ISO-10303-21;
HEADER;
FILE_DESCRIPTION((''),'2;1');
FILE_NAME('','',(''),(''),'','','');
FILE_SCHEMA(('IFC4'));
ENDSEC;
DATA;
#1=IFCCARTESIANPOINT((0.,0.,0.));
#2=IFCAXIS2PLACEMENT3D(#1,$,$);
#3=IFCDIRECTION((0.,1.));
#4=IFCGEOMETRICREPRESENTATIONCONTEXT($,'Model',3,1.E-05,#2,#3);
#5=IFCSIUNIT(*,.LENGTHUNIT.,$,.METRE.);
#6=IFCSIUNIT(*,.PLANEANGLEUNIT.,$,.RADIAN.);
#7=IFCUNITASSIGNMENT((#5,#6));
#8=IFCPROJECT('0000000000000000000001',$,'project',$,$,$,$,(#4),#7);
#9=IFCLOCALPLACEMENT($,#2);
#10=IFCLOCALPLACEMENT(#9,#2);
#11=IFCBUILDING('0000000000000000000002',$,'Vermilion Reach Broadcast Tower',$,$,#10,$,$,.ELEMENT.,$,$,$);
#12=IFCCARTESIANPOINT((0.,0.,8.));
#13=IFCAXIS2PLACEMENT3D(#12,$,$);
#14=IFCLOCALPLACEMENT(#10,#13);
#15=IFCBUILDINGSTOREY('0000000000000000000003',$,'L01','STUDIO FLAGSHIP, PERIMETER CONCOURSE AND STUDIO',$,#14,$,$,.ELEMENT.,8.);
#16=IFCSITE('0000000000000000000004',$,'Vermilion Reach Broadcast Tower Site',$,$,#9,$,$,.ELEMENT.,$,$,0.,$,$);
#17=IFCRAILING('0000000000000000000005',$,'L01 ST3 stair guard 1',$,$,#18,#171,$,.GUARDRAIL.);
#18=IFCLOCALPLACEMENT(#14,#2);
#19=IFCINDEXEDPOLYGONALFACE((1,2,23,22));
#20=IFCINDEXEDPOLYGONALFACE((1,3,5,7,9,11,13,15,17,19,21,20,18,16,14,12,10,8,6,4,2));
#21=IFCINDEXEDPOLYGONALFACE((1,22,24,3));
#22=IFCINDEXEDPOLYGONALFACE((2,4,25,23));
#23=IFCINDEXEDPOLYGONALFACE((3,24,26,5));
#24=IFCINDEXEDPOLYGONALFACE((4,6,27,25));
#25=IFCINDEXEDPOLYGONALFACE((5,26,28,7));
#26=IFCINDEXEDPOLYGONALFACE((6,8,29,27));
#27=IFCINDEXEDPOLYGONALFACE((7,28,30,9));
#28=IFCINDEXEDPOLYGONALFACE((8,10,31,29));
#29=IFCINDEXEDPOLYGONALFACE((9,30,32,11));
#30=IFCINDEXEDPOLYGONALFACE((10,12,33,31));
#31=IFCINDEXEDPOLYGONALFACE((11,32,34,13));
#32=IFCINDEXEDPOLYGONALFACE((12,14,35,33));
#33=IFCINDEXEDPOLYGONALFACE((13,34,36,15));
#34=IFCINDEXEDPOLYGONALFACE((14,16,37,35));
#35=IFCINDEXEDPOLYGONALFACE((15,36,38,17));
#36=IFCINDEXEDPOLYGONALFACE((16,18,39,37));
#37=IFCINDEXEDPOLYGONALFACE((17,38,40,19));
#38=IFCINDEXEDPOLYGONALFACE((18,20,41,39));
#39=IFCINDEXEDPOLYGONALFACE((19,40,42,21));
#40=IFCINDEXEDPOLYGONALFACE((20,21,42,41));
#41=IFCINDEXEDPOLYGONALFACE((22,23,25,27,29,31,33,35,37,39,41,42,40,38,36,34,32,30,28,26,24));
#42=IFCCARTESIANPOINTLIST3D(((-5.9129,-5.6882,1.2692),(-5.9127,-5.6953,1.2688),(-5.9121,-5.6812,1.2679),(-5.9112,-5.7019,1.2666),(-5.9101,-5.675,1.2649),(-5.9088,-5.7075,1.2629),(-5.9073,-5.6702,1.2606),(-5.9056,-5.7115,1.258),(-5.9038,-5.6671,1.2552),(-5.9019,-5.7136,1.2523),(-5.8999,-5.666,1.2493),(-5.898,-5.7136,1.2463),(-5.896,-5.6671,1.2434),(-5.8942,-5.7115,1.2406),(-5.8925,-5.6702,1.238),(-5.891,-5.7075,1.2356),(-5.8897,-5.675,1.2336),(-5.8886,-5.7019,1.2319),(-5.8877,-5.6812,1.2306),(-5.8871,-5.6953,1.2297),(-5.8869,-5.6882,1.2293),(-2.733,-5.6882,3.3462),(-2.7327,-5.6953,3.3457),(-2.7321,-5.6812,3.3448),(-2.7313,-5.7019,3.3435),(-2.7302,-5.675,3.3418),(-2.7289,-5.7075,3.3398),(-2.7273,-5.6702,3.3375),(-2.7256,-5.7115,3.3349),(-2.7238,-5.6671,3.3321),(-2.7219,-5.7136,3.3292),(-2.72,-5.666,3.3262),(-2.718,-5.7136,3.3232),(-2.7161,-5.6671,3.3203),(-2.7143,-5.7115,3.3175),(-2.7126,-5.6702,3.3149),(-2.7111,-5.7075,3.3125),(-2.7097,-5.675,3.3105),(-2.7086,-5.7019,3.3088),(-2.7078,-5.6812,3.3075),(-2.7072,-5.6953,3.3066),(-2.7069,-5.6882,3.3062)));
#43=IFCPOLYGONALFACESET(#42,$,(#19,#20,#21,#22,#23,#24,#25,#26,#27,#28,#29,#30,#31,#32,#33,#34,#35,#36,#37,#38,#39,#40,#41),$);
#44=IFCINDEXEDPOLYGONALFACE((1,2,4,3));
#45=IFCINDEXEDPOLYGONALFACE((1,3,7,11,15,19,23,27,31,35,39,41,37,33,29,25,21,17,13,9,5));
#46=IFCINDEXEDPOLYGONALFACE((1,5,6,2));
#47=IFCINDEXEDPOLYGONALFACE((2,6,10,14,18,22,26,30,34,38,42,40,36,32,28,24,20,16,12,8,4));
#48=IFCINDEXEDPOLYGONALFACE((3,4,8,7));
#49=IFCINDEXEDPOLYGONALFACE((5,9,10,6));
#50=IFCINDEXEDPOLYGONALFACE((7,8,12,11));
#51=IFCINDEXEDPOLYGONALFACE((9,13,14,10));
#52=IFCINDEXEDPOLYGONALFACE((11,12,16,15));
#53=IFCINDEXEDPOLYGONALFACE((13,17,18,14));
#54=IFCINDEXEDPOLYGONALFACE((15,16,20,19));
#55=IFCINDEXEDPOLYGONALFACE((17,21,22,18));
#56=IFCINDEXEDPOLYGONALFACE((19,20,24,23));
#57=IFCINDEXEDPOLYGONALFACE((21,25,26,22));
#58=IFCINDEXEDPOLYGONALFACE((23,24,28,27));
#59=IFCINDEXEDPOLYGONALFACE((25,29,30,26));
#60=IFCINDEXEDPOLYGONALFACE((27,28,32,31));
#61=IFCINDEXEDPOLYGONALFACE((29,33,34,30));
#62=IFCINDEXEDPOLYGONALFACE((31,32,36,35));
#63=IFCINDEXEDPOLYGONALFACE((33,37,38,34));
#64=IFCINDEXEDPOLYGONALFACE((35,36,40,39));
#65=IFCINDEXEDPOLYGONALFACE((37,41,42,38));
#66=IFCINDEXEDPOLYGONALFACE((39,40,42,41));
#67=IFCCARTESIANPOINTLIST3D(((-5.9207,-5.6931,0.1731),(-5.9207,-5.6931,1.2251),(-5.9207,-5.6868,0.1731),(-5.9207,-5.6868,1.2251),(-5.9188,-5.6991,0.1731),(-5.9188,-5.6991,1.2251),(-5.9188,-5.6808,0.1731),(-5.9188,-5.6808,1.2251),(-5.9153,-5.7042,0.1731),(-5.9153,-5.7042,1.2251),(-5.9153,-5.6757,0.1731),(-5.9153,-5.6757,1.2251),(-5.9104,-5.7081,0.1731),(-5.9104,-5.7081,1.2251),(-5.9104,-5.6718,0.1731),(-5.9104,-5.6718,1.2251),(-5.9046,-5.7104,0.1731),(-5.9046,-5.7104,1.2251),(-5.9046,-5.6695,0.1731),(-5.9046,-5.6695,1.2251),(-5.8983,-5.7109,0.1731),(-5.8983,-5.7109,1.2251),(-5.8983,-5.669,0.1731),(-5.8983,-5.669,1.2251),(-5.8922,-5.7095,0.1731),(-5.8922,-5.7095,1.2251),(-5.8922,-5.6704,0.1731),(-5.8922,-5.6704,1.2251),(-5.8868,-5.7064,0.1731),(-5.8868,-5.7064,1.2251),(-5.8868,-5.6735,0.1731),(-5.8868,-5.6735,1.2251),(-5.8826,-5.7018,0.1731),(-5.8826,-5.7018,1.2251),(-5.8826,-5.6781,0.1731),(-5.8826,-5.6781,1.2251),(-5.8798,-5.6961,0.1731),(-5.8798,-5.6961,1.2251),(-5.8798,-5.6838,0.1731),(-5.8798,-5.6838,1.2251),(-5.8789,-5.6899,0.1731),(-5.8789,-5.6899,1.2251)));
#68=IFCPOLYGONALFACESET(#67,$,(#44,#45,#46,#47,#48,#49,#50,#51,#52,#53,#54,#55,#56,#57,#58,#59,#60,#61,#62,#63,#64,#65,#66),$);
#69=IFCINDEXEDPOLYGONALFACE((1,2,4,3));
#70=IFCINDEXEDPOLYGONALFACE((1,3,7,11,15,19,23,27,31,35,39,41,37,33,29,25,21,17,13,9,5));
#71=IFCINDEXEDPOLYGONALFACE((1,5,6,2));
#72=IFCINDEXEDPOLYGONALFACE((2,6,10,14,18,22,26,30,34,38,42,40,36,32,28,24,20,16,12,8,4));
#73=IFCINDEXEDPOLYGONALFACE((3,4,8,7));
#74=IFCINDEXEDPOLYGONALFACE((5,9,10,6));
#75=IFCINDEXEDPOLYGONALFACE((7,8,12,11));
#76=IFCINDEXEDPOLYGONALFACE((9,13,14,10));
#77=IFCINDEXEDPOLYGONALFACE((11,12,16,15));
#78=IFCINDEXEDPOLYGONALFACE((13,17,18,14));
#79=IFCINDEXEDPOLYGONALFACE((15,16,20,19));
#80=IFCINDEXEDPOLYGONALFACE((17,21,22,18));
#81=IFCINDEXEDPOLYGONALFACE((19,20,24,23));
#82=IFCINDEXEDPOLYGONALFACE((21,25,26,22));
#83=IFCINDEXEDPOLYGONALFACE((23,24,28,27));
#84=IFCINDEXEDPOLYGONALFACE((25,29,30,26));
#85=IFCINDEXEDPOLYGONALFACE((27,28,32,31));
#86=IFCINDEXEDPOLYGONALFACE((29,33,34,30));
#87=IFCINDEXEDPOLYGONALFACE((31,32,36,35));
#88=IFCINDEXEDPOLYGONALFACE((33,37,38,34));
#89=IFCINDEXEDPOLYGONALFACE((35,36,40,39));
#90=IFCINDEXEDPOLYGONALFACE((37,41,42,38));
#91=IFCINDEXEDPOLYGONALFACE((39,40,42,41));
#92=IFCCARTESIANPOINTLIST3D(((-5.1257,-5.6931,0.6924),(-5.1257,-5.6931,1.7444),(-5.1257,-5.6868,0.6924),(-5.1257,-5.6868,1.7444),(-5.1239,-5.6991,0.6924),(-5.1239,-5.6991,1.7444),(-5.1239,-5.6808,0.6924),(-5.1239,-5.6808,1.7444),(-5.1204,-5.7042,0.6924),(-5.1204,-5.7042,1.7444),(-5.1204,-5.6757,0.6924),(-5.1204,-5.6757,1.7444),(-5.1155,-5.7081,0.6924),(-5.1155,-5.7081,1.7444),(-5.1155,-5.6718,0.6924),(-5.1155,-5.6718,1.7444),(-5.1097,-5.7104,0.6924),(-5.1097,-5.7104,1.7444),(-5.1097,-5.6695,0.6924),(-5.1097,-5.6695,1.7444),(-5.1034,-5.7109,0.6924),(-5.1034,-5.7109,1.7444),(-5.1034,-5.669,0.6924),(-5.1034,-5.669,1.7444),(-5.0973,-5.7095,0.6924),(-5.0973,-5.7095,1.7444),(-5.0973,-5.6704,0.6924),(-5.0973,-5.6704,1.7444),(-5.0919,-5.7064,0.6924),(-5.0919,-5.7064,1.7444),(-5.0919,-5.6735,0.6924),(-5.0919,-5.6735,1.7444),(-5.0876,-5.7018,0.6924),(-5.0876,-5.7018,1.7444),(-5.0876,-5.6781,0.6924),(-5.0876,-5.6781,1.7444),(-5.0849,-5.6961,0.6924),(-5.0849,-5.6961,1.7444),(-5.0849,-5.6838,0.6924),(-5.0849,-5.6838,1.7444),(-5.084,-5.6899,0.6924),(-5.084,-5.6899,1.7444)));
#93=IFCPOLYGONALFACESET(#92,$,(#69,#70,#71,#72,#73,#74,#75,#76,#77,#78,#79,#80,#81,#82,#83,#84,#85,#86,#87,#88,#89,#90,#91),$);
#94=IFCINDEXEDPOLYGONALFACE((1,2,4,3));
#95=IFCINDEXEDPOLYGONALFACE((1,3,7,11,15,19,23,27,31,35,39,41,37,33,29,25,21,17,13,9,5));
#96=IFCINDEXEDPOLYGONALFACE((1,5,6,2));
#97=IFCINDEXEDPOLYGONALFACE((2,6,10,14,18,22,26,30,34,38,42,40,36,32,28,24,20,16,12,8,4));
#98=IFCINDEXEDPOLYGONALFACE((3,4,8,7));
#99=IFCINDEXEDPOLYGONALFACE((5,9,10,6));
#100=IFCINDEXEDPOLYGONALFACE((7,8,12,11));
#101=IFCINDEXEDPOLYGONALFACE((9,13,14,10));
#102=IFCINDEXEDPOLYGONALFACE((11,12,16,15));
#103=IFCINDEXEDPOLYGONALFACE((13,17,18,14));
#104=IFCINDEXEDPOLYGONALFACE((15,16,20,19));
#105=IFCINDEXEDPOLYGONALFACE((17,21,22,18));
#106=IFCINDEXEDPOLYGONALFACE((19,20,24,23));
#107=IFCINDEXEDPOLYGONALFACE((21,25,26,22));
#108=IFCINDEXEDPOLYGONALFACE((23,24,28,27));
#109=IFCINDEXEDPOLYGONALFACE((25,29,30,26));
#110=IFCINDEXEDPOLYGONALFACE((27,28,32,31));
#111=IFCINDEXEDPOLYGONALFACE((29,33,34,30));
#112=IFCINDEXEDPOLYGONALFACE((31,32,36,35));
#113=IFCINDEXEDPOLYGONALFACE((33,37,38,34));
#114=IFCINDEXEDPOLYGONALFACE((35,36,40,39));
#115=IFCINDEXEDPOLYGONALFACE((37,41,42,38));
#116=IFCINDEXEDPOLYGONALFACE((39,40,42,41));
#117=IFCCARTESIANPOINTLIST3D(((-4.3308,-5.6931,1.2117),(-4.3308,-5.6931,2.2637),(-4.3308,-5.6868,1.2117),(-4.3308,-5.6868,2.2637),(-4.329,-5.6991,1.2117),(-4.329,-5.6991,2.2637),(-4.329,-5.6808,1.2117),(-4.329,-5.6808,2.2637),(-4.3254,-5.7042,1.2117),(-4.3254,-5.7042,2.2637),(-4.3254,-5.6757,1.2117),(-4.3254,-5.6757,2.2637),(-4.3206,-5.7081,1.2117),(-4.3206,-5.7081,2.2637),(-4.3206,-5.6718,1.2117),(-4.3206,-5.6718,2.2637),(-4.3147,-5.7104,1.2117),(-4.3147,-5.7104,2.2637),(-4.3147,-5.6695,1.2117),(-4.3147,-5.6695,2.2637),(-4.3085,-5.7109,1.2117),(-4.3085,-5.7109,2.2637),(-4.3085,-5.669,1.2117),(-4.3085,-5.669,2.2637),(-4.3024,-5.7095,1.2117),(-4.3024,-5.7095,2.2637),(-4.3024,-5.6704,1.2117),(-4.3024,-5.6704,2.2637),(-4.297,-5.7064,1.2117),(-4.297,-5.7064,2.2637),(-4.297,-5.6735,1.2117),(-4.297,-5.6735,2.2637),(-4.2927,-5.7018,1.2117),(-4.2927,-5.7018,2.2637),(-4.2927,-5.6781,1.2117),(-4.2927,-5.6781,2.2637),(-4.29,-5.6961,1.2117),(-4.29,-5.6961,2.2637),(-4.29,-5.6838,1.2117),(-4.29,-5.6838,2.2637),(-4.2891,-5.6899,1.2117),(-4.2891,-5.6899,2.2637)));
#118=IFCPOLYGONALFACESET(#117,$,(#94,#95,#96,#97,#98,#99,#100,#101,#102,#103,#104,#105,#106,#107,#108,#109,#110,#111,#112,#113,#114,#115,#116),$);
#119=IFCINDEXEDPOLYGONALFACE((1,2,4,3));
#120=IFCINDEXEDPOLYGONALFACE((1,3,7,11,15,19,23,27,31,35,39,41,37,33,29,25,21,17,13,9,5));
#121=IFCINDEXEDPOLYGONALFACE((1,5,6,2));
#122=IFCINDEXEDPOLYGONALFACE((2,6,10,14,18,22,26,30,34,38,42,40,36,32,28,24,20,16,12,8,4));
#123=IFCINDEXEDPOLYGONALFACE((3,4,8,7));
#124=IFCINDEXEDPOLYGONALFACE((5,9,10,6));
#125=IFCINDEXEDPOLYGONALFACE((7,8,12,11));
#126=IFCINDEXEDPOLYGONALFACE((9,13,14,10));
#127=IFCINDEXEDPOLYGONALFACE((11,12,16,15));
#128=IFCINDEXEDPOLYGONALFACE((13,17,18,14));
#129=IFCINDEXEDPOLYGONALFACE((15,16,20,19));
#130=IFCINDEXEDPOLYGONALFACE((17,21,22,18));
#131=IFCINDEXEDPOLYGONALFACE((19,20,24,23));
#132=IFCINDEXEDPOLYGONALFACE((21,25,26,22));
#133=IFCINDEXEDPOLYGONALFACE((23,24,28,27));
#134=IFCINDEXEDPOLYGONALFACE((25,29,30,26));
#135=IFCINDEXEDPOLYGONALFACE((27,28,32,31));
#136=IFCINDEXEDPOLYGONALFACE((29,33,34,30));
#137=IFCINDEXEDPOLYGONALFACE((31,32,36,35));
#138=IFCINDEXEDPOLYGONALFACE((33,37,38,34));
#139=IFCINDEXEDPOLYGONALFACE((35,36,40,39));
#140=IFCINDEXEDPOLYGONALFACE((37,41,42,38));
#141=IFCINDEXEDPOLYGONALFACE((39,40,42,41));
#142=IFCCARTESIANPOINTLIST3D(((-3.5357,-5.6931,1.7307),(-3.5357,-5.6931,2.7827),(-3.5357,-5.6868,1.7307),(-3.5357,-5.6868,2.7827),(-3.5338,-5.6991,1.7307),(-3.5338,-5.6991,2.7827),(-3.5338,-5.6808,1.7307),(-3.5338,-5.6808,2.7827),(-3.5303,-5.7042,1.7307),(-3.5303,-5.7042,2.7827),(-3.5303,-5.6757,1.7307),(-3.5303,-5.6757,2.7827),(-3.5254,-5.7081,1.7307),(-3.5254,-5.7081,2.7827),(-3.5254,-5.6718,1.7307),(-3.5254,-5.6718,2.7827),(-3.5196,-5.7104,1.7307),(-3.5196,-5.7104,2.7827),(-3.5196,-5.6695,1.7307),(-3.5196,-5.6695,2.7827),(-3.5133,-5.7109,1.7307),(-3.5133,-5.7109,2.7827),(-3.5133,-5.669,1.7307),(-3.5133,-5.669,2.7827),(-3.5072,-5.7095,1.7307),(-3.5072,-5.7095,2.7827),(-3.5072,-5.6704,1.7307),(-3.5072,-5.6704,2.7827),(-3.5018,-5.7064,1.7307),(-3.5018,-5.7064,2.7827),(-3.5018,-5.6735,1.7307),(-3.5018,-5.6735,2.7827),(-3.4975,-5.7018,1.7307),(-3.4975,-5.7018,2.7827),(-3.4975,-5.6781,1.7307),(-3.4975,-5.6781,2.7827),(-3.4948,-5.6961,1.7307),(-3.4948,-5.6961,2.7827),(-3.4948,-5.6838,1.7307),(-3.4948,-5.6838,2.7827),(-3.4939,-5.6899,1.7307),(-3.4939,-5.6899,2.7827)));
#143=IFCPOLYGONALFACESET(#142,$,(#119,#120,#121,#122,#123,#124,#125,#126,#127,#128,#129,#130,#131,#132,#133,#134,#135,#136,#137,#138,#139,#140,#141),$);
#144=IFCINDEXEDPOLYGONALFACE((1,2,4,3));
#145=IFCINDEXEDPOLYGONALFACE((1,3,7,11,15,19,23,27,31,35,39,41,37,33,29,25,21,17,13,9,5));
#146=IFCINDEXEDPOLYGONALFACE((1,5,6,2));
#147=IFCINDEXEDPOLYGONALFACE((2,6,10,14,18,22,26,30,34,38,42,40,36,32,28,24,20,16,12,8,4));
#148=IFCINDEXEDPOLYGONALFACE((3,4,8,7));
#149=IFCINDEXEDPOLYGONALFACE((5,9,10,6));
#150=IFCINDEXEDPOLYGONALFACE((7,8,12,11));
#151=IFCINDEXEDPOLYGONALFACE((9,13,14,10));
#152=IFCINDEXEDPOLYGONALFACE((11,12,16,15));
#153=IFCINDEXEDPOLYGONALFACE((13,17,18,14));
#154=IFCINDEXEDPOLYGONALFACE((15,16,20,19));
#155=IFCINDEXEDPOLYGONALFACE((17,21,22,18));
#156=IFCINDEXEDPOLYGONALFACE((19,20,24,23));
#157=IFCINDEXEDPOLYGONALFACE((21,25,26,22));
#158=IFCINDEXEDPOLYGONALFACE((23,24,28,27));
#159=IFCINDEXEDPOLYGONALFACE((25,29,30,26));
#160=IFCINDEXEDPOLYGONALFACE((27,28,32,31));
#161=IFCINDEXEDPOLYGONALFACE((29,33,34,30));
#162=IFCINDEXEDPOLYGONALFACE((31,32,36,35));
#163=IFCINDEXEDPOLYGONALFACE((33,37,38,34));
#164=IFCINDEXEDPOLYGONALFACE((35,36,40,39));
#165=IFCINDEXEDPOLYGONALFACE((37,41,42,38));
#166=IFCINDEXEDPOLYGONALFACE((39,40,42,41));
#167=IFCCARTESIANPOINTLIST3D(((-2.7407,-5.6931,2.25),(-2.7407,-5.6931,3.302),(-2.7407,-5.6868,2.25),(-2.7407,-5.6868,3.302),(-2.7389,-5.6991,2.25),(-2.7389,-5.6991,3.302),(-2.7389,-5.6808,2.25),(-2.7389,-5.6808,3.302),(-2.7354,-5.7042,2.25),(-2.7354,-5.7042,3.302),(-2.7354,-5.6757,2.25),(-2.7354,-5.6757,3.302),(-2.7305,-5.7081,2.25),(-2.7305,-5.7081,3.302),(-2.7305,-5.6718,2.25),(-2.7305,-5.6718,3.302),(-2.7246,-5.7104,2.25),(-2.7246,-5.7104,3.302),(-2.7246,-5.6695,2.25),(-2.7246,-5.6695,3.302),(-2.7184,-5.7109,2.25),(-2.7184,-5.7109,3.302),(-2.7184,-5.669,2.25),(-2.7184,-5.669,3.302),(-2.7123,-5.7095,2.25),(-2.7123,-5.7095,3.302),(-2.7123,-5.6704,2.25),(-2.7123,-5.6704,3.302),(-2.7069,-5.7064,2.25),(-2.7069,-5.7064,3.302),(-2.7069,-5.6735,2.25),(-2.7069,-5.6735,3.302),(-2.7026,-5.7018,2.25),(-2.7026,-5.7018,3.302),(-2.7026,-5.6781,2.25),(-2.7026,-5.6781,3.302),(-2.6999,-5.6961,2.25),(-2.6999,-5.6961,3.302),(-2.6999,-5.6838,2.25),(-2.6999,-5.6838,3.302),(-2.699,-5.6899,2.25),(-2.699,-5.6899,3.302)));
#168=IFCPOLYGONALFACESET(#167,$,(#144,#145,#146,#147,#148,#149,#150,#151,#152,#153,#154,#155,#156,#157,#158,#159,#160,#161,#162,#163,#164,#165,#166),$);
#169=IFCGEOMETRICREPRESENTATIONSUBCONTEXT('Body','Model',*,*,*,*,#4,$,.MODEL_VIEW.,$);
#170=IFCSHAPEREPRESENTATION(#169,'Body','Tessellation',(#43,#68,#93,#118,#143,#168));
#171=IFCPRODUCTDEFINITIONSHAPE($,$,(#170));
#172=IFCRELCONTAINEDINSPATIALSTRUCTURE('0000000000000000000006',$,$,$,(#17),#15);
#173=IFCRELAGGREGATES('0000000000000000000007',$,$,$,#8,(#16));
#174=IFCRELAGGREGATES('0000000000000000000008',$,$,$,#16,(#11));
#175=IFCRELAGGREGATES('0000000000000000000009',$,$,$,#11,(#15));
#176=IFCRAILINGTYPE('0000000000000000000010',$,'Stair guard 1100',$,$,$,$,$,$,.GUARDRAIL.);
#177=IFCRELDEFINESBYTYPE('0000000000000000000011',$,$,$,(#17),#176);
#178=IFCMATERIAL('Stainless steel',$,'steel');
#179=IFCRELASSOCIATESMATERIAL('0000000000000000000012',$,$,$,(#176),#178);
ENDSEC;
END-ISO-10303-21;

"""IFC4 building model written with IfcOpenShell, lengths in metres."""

from ifc_helpers import new_model, si_unit, direction, frame, origin, origin_2d, place, context, subcontext, project, spatial, circle, extrude, material, type_object, element, save


model = new_model("IFC4")

# Units and contexts
model_context = context("Model", 3, precision=1e-05, world=origin(), true_north=direction((0.0, 1.0)))
body_context = subcontext(model_context, "Body", "Model", "MODEL_VIEW")
ifc_project = project(units=[si_unit("LENGTHUNIT", "METRE"), si_unit("PLANEANGLEUNIT", "RADIAN")], contexts=[model_context])

# Site, building, storey
site_placement = place(None, origin())
site = spatial("IfcSite", under=ifc_project, at=site_placement, Name="Vermilion Reach Broadcast Tower Site", CompositionType="ELEMENT", RefElevation=0.0)
building_placement = place(site_placement, origin())
building = spatial("IfcBuilding", under=site, at=building_placement, Name="Vermilion Reach Broadcast Tower", CompositionType="ELEMENT")
storey_placement = place(building_placement, frame((0.0, 0.0, 8.0)))
storey = spatial("IfcBuildingStorey", under=building, at=storey_placement, Name="L01", Description="STUDIO FLAGSHIP, PERIMETER CONCOURSE AND STUDIO", CompositionType="ELEMENT", Elevation=8.0)

# Railing
ifc_material_1 = material(Name="Stainless steel", Category="steel")
railing_type_1 = type_object("IfcRailingType", Name="Stair guard 1100", PredefinedType="GUARDRAIL", material=ifc_material_1)
railing_1_placement = place(storey_placement, frame((-5.8999, -5.6899, 0.1731)))
element("IfcRailing", 1, at=railing_1_placement, inside=storey, type_object=railing_type_1, Name="L01 ST3 stair guard 1", PredefinedType="GUARDRAIL", context=body_context, shape_type="SweptSolid", body=[
    extrude(circle(Radius=0.0239, at=origin_2d()), frame((0.0, 0.0, 1.0762), z_axis=(0.837245, 0.0, 0.546828), x_axis=(0.0, 1.0, 0.0)), (0.0, 0.0, 1.0), 3.7981),
    extrude(circle(Radius=0.021, at=origin_2d()), origin(), (0.0, 0.0, 1.0), 1.052),
    extrude(circle(Radius=0.021, at=origin_2d()), frame((0.7949, 0.0, 0.5193)), (0.0, 0.0, 1.0), 1.052),
    extrude(circle(Radius=0.021, at=origin_2d()), frame((1.5898, 0.0, 1.0386)), (0.0, 0.0, 1.0), 1.052),
    extrude(circle(Radius=0.021, at=origin_2d()), frame((2.385, 0.0, 1.5576)), (0.0, 0.0, 1.0), 1.052),
    extrude(circle(Radius=0.021, at=origin_2d()), frame((3.1799, 0.0, 2.0769)), (0.0, 0.0, 1.0), 1.052),
])

save(model, "model.ifc")
